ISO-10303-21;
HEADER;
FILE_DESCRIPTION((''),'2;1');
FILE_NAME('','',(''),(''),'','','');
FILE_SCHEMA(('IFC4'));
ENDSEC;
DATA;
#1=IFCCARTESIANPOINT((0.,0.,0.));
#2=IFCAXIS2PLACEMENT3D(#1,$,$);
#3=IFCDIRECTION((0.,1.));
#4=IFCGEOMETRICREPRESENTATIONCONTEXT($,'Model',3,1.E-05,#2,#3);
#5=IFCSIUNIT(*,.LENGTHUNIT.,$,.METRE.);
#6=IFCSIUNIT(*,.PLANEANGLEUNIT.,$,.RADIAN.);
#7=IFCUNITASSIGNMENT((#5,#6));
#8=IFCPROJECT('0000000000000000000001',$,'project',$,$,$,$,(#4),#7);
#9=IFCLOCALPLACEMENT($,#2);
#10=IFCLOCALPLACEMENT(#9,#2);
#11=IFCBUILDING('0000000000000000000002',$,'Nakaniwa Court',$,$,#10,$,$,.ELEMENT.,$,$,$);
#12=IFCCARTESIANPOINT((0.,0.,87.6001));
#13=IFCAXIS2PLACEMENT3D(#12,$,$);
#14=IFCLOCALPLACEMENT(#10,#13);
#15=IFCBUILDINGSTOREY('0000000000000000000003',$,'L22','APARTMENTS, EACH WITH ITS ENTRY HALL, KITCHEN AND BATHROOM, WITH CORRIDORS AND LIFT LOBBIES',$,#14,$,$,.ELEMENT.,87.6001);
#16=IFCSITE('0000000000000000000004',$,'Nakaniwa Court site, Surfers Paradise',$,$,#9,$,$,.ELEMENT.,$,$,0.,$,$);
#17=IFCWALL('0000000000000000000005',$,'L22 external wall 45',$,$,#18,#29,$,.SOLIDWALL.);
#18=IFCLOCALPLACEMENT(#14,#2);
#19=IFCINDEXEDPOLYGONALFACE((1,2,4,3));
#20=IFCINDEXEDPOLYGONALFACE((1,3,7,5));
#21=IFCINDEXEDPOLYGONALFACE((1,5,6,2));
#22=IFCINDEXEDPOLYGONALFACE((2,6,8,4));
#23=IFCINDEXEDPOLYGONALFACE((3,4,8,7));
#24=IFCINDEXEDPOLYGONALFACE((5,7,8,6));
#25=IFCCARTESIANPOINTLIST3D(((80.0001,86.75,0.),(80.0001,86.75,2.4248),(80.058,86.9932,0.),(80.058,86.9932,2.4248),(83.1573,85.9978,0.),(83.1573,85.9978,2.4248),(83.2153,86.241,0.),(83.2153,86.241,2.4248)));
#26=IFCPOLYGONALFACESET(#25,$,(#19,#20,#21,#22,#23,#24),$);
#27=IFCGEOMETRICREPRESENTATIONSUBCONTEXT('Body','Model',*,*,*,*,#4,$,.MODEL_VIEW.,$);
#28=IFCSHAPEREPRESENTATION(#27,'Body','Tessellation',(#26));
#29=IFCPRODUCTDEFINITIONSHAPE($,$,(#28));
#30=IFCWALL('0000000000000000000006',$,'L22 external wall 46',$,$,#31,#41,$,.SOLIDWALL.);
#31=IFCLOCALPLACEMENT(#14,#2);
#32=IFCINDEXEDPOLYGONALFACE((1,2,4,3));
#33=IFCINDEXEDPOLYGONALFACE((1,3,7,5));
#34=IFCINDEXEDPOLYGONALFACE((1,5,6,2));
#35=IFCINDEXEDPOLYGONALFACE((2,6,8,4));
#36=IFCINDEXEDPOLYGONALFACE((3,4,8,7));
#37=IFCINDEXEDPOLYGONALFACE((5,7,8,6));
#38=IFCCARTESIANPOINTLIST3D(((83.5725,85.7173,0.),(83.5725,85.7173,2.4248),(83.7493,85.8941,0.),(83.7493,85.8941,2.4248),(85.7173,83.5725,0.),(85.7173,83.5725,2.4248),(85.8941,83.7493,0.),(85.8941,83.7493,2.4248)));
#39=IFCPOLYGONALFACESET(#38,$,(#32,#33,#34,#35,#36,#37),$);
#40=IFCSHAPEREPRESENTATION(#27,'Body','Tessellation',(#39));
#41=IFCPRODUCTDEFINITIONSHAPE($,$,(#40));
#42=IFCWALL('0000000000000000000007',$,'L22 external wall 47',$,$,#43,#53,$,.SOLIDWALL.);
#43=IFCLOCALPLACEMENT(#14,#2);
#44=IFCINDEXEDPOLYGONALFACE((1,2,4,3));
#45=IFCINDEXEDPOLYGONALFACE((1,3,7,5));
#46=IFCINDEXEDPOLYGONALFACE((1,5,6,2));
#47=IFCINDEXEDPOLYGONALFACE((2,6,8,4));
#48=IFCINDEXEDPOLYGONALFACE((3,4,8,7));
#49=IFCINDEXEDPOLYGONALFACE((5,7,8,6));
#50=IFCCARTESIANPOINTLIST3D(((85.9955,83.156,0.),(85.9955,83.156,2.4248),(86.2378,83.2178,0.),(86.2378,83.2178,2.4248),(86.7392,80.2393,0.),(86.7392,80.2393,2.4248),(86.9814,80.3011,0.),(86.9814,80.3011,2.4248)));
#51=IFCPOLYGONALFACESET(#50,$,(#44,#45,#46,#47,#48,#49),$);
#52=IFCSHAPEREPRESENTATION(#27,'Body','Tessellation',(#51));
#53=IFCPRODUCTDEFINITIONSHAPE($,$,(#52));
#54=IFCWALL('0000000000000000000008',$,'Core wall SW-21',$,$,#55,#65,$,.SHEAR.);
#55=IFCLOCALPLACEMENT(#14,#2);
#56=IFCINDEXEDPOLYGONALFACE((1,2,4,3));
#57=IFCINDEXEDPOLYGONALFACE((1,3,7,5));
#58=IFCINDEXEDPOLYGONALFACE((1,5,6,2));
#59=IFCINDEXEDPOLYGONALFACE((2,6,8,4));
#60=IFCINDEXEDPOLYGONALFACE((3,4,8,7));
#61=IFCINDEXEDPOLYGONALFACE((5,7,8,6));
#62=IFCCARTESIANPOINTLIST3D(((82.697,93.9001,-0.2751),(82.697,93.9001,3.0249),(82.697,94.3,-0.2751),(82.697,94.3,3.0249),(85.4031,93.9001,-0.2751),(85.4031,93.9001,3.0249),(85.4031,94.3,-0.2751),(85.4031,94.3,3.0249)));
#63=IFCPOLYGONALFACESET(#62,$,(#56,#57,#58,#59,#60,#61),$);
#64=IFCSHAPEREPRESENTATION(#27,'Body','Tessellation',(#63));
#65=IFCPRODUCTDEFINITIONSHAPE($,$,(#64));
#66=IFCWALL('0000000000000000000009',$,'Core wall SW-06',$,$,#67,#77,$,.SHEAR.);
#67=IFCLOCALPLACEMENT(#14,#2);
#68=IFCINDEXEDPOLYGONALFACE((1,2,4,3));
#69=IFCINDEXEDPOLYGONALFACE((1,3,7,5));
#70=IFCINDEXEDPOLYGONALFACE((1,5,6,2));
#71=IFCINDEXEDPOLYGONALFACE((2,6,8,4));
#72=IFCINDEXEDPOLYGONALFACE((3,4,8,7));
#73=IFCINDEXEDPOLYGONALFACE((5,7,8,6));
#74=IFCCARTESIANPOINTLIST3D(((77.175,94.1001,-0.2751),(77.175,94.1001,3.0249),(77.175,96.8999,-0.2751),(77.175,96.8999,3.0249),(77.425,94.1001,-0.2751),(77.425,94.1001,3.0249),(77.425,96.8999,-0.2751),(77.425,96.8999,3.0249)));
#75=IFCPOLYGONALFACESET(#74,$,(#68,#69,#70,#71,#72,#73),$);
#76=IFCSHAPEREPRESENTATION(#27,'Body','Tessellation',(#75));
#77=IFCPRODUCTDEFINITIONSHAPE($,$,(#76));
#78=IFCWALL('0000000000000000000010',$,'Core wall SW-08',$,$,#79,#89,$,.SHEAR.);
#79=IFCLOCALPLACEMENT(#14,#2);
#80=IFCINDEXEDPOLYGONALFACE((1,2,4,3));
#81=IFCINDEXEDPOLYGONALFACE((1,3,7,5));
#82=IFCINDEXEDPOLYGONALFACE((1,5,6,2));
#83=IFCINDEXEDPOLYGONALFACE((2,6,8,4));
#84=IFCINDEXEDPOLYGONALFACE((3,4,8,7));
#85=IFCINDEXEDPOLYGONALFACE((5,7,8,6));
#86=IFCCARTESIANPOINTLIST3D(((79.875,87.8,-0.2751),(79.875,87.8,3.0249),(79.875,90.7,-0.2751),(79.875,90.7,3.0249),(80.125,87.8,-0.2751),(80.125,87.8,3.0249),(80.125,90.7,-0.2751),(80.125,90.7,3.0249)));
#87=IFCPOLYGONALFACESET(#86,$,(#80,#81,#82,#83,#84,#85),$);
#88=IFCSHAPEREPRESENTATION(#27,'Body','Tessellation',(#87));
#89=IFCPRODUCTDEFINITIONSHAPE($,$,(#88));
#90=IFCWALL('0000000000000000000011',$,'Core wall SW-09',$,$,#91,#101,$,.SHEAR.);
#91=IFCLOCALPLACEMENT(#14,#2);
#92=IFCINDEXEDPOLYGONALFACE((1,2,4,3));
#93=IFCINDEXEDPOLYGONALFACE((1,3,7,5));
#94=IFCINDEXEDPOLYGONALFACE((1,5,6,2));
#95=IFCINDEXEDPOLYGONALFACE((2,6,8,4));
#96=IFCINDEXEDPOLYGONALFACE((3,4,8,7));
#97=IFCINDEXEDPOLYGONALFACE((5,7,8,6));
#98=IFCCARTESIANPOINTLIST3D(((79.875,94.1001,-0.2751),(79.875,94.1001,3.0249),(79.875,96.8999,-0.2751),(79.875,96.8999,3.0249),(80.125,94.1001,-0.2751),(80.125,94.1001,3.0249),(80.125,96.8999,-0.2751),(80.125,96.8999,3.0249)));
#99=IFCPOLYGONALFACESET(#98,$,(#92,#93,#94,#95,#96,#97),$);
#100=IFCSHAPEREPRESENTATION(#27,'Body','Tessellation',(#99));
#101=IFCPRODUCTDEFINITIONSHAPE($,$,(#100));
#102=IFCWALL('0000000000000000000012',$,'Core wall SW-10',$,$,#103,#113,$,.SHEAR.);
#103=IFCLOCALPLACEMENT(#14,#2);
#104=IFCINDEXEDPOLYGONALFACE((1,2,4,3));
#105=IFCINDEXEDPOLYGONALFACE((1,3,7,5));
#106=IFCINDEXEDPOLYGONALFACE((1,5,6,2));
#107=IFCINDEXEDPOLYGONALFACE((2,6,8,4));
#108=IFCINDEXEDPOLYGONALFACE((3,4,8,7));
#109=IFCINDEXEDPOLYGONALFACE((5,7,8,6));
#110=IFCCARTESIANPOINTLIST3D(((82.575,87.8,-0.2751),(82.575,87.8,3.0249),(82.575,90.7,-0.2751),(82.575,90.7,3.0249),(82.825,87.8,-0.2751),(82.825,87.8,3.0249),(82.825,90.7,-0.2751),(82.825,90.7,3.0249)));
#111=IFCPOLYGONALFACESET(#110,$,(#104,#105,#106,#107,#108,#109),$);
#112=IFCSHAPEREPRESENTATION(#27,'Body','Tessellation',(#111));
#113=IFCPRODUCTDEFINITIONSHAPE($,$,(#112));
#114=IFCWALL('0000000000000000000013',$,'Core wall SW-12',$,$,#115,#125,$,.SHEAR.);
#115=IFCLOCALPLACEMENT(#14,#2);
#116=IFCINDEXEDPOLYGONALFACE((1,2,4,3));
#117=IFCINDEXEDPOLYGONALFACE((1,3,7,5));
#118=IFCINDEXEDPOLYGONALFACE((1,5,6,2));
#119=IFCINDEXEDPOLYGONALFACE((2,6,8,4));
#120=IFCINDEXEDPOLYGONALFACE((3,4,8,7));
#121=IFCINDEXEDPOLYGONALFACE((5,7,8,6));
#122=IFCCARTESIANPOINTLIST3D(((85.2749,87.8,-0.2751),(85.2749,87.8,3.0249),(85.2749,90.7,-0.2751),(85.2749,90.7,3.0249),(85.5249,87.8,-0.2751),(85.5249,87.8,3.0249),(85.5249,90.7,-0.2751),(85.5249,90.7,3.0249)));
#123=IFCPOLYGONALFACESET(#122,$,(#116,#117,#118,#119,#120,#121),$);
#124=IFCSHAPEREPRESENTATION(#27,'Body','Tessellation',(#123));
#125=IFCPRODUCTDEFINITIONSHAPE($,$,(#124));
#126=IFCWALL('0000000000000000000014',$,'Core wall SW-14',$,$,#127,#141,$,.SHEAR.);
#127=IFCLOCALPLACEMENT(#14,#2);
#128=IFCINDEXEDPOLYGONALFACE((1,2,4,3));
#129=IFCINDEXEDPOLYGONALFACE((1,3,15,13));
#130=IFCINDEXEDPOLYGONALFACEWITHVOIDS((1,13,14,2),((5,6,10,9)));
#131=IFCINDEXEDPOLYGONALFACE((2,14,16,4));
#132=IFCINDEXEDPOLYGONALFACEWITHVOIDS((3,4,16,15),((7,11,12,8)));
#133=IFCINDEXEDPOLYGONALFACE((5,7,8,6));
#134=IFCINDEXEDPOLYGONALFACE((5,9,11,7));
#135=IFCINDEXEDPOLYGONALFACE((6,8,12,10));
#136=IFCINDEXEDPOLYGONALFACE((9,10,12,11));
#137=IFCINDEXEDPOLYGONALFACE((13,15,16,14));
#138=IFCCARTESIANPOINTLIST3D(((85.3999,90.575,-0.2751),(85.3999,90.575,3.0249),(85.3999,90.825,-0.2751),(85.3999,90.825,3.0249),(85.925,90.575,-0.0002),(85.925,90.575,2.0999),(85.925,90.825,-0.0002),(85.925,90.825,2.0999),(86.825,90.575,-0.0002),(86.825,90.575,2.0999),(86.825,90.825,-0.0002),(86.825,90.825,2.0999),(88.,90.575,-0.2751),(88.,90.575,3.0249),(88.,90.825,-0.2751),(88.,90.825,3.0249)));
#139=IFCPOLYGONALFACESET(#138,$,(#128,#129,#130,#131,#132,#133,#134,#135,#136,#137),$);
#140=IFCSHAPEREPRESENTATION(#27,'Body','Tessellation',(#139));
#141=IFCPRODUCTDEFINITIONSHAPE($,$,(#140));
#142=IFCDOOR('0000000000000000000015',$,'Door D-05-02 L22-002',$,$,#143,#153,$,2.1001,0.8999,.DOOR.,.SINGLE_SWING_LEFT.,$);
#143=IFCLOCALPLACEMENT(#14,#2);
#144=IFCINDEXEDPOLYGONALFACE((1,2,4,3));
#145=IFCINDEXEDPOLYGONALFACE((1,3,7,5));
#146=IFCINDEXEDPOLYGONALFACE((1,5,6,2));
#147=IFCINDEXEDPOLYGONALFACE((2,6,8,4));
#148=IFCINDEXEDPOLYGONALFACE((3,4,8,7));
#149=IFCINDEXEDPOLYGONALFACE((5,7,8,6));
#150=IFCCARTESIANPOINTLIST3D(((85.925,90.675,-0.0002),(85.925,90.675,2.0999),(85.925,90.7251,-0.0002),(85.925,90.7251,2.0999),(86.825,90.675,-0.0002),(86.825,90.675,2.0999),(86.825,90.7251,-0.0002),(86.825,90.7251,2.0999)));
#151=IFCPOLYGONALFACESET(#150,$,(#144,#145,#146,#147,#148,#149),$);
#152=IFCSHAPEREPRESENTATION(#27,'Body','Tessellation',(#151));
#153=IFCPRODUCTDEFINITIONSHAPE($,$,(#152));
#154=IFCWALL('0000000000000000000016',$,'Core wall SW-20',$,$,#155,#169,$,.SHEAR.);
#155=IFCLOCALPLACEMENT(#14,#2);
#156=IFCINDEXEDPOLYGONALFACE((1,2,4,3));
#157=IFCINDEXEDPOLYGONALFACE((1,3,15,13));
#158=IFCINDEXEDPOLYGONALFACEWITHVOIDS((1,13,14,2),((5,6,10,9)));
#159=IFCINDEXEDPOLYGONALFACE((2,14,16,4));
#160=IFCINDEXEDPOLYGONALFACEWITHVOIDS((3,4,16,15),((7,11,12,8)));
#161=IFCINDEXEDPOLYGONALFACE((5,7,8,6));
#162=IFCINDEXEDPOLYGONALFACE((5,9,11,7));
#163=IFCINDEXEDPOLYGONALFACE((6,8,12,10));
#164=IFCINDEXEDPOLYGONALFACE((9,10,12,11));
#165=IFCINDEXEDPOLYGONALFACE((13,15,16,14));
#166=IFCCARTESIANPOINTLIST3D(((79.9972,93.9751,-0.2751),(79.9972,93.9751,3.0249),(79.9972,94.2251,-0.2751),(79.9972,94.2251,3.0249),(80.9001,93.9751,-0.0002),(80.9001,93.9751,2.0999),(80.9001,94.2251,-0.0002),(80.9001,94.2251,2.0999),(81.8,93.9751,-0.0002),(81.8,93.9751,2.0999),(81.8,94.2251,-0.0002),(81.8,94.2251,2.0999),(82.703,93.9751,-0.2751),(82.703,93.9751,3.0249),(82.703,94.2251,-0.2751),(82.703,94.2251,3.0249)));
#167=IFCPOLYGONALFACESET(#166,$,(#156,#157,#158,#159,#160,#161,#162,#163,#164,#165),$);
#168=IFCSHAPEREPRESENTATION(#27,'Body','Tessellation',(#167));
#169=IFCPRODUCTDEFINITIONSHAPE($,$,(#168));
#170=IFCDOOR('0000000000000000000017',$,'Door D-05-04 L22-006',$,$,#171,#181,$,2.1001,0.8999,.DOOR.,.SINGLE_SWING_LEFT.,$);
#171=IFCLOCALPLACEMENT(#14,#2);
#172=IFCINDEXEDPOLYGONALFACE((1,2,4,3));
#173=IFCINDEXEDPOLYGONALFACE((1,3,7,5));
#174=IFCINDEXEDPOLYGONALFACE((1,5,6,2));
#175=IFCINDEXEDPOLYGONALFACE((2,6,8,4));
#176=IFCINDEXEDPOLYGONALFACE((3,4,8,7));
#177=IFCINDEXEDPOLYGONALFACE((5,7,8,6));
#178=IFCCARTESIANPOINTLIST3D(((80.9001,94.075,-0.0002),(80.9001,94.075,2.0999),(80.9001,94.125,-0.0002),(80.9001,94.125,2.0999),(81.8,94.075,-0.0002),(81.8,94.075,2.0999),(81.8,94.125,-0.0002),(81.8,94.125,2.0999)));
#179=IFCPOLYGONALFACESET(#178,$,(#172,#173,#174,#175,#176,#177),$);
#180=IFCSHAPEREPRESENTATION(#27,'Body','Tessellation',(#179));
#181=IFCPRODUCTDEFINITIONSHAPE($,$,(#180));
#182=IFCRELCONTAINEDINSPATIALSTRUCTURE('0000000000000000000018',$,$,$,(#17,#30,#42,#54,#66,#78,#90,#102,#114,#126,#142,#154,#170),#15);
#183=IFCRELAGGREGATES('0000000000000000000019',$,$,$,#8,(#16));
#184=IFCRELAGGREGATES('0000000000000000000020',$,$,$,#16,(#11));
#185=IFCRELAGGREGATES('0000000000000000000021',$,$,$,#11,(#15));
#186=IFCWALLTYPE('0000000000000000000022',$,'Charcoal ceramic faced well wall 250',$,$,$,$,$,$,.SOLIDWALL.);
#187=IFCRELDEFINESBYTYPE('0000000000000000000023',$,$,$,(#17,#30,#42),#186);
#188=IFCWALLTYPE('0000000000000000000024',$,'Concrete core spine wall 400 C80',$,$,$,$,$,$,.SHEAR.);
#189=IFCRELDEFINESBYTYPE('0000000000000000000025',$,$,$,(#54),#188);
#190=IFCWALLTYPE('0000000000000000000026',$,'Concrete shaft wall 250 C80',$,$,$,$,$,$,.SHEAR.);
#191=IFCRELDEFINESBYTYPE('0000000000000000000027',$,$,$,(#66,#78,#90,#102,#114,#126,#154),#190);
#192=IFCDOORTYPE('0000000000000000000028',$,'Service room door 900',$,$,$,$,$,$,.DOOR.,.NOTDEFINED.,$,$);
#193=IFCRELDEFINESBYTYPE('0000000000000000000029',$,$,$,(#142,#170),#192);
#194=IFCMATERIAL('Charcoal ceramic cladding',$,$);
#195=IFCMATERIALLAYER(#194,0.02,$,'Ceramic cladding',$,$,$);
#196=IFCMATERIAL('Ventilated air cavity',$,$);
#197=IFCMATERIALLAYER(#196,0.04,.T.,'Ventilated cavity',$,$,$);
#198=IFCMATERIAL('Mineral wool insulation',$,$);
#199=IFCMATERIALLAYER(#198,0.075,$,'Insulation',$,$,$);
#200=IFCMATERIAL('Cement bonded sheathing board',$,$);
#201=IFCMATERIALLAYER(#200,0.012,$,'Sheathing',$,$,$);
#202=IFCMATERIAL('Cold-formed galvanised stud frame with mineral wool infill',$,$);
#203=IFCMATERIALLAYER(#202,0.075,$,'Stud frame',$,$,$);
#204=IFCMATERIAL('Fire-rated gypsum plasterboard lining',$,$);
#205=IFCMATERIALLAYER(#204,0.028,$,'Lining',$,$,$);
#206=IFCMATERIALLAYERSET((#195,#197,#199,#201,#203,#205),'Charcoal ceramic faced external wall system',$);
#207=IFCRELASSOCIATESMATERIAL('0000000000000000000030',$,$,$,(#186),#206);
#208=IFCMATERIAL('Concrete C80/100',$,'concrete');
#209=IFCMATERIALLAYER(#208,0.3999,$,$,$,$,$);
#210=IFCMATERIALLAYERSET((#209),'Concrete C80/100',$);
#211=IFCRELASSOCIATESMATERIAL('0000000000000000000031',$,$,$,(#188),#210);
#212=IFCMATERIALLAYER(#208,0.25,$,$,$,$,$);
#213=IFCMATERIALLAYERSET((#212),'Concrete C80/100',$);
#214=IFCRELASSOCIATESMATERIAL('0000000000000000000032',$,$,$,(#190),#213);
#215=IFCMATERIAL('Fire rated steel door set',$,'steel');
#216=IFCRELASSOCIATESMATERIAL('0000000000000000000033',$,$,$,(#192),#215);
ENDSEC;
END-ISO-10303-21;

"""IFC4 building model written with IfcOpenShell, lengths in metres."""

from ifc_helpers import new_model, si_unit, direction, frame, frame_2d, origin, place, context, subcontext, project, spatial, rectangle, extrude, material, layer, layer_set, type_object, element, fill, save


model = new_model("IFC4")

# Units and contexts
model_context = context("Model", 3, precision=1e-05, world=origin(), true_north=direction((0.0, 1.0)))
body_context = subcontext(model_context, "Body", "Model", "MODEL_VIEW")
ifc_project = project(units=[si_unit("LENGTHUNIT", "METRE"), si_unit("PLANEANGLEUNIT", "RADIAN")], contexts=[model_context])

# Site, building, storey
site_placement = place(None, origin())
site = spatial("IfcSite", under=ifc_project, at=site_placement, Name="Nakaniwa Court site, Surfers Paradise", CompositionType="ELEMENT", RefElevation=0.0)
building_placement = place(site_placement, origin())
building = spatial("IfcBuilding", under=site, at=building_placement, Name="Nakaniwa Court", CompositionType="ELEMENT")
storey_placement = place(building_placement, frame((0.0, 0.0, 87.6001)))
storey = spatial("IfcBuildingStorey", under=building, at=storey_placement, Name="L22", Description="APARTMENTS, EACH WITH ITS ENTRY HALL, KITCHEN AND BATHROOM, WITH CORRIDORS AND LIFT LOBBIES", CompositionType="ELEMENT", Elevation=87.6001)

# Shared definitions
ifc_material_1 = material(Name="Concrete C80/100", Category="concrete")

# Walls
ifc_material_2 = material(Name="Charcoal ceramic cladding")
ifc_layer_1 = layer(ifc_material_2, 0.02, Name="Ceramic cladding")
ifc_material_3 = material(Name="Ventilated air cavity")
ifc_layer_2 = layer(ifc_material_3, 0.04, ventilated=True, Name="Ventilated cavity")
ifc_material_4 = material(Name="Mineral wool insulation")
ifc_layer_3 = layer(ifc_material_4, 0.075, Name="Insulation")
ifc_material_5 = material(Name="Cement bonded sheathing board")
ifc_layer_4 = layer(ifc_material_5, 0.012, Name="Sheathing")
ifc_material_6 = material(Name="Cold-formed galvanised stud frame with mineral wool infill")
ifc_layer_5 = layer(ifc_material_6, 0.075, Name="Stud frame")
ifc_material_7 = material(Name="Fire-rated gypsum plasterboard lining")
ifc_layer_6 = layer(ifc_material_7, 0.028, Name="Lining")
ifc_layer_set_1 = layer_set([ifc_layer_1, ifc_layer_2, ifc_layer_3, ifc_layer_4, ifc_layer_5, ifc_layer_6], Name="Charcoal ceramic faced external wall system")
wall_type_1 = type_object("IfcWallType", Name="Charcoal ceramic faced well wall 250", PredefinedType="SOLIDWALL", material=ifc_layer_set_1)
wall_1_placement = place(storey_placement, frame((80.0291, 86.8716, 0.0), z_axis=(0.0, 0.0, 1.0), x_axis=(0.972773, -0.23176, 0.0)))
element("IfcWall", 1, at=wall_1_placement, inside=storey, type_object=wall_type_1, Name="L22 external wall 45", PredefinedType="SOLIDWALL", context=body_context, shape_type="SweptSolid", body=[
    extrude(rectangle(XDim=3.2456, YDim=0.25, at=frame_2d((1.6228, 0.0))), origin(), (0.0, 0.0, 1.0), 2.4248),
])
wall_2_placement = place(storey_placement, frame((83.6609, 85.8057, 0.0), z_axis=(0.0, 0.0, 1.0), x_axis=(0.707107, -0.707107, 0.0)))
element("IfcWall", 2, at=wall_2_placement, inside=storey, type_object=wall_type_1, Name="L22 external wall 46", PredefinedType="SOLIDWALL", context=body_context, shape_type="SweptSolid", body=[
    extrude(rectangle(XDim=3.0332, YDim=0.25, at=frame_2d((1.5166, 0.0))), origin(), (0.0, 0.0, 1.0), 2.4248),
])
wall_3_placement = place(storey_placement, frame((86.1167, 83.1868, 0.0), z_axis=(0.0, 0.0, 1.0), x_axis=(0.247056, -0.969001, 0.0)))
element("IfcWall", 3, at=wall_3_placement, inside=storey, type_object=wall_type_1, Name="L22 external wall 47", PredefinedType="SOLIDWALL", context=body_context, shape_type="SweptSolid", body=[
    extrude(rectangle(XDim=3.01, YDim=0.25, at=frame_2d((1.5049, 0.0))), origin(), (0.0, 0.0, 1.0), 2.4248),
])
ifc_layer_7 = layer(ifc_material_1, 0.3999)
ifc_layer_set_2 = layer_set([ifc_layer_7], Name="Concrete C80/100")
wall_type_2 = type_object("IfcWallType", Name="Concrete core spine wall 400 C80", PredefinedType="SHEAR", material=ifc_layer_set_2)
wall_4_placement = place(storey_placement, frame((82.697, 94.1001, -0.2751), z_axis=(0.0, 0.0, 1.0), x_axis=(1.0, 0.0, 0.0)))
element("IfcWall", 4, at=wall_4_placement, inside=storey, type_object=wall_type_2, Name="Core wall SW-21", PredefinedType="SHEAR", context=body_context, shape_type="SweptSolid", body=[
    extrude(rectangle(XDim=2.7061, YDim=0.3999, at=frame_2d((1.353, 0.0))), origin(), (0.0, 0.0, 1.0), 3.3),
])
ifc_layer_8 = layer(ifc_material_1, 0.25)
ifc_layer_set_3 = layer_set([ifc_layer_8], Name="Concrete C80/100")
wall_type_3 = type_object("IfcWallType", Name="Concrete shaft wall 250 C80", PredefinedType="SHEAR", material=ifc_layer_set_3)
wall_5_placement = place(storey_placement, frame((77.3, 94.1001, -0.2751), z_axis=(0.0, 0.0, 1.0), x_axis=(0.0, 1.0, 0.0)))
element("IfcWall", 5, at=wall_5_placement, inside=storey, type_object=wall_type_3, Name="Core wall SW-06", PredefinedType="SHEAR", context=body_context, shape_type="SweptSolid", body=[
    extrude(rectangle(XDim=2.7998, YDim=0.25, at=frame_2d((1.3999, 0.0))), origin(), (0.0, 0.0, 1.0), 3.3),
])
wall_6_placement = place(storey_placement, frame((80.0, 87.8, -0.2751), z_axis=(0.0, 0.0, 1.0), x_axis=(0.0, 1.0, 0.0)))
element("IfcWall", 6, at=wall_6_placement, inside=storey, type_object=wall_type_3, Name="Core wall SW-08", PredefinedType="SHEAR", context=body_context, shape_type="SweptSolid", body=[
    extrude(rectangle(XDim=2.8999, YDim=0.25, at=frame_2d((1.45, 0.0))), origin(), (0.0, 0.0, 1.0), 3.3),
])
wall_7_placement = place(storey_placement, frame((80.0, 94.1001, -0.2751), z_axis=(0.0, 0.0, 1.0), x_axis=(0.0, 1.0, 0.0)))
element("IfcWall", 7, at=wall_7_placement, inside=storey, type_object=wall_type_3, Name="Core wall SW-09", PredefinedType="SHEAR", context=body_context, shape_type="SweptSolid", body=[
    extrude(rectangle(XDim=2.7998, YDim=0.25, at=frame_2d((1.3999, 0.0))), origin(), (0.0, 0.0, 1.0), 3.3),
])
for number, where, z_axis, x_axis, name in (
    (8, (82.7, 87.8, -0.2751), (0.0, 0.0, 1.0), (0.0, 1.0, 0.0), "Core wall SW-10"),
    (9, (85.3999, 87.8, -0.2751), (0.0, 0.0, 1.0), (0.0, 1.0, 0.0), "Core wall SW-12"),
):
    element("IfcWall", number, at=place(storey_placement, frame(where, z_axis=z_axis, x_axis=x_axis)), inside=storey, type_object=wall_type_3, Name=name, PredefinedType="SHEAR", context=body_context, shape_type="SweptSolid", body=[
        extrude(rectangle(XDim=2.8999, YDim=0.25, at=frame_2d((1.45, 0.0))), origin(), (0.0, 0.0, 1.0), 3.3),
    ])

# Walls, openings, doors
wall_8_placement = place(storey_placement, frame((88.0, 90.7, -0.2751), z_axis=(0.0, 0.0, 1.0), x_axis=(-1.0, 0.0, 0.0)))
wall_8 = element("IfcWall", 10, at=wall_8_placement, inside=storey, type_object=wall_type_3, Name="Core wall SW-14", PredefinedType="SHEAR", context=body_context, shape_type="SweptSolid", body=[
    extrude(rectangle(XDim=2.6001, YDim=0.25, at=frame_2d((1.3, 0.0))), origin(), (0.0, 0.0, 1.0), 3.3),
])
opening_1_placement = place(wall_8_placement, frame((1.175, 0.0, 0.2749)))
opening_1 = element("IfcOpeningElement", 11, at=opening_1_placement, cuts=wall_8, PredefinedType="OPENING", context=body_context, shape_type="SweptSolid", body=[
    extrude(rectangle(XDim=0.8999, YDim=2.1001, at=frame_2d((0.45, 1.05))), frame((0.0, 0.135, 0.0), z_axis=(0.0, -1.0, 0.0), x_axis=(1.0, 0.0, 0.0)), (0.0, 0.0, 1.0), 0.27),
])
ifc_material_8 = material(Name="Fire rated steel door set", Category="steel")
door_type_1 = type_object("IfcDoorType", Name="Service room door 900", OperationType="NOTDEFINED", PredefinedType="DOOR", material=ifc_material_8)
door_1_placement = place(opening_1_placement, origin())
door_1 = element("IfcDoor", 12, at=door_1_placement, inside=storey, type_object=door_type_1, Name="Door D-05-02 L22-002", OperationType="SINGLE_SWING_LEFT", OverallHeight=2.1001, OverallWidth=0.8999, PredefinedType="DOOR", context=body_context, shape_type="SweptSolid", body=[
    extrude(rectangle(XDim=0.8999, YDim=2.1001, at=frame_2d((0.45, 1.05))), frame((0.0, 0.0249, 0.0), z_axis=(0.0, -1.0, 0.0), x_axis=(1.0, 0.0, 0.0)), (0.0, 0.0, 1.0), 0.05),
])
fill(opening_1, door_1)
wall_9_placement = place(storey_placement, frame((79.9971, 94.1001, -0.2751), z_axis=(0.0, 0.0, 1.0), x_axis=(1.0, 0.0, 0.0)))
wall_9 = element("IfcWall", 13, at=wall_9_placement, inside=storey, type_object=wall_type_3, Name="Core wall SW-20", PredefinedType="SHEAR", context=body_context, shape_type="SweptSolid", body=[
    extrude(rectangle(XDim=2.7058, YDim=0.25, at=frame_2d((1.353, 0.0))), origin(), (0.0, 0.0, 1.0), 3.3),
])
opening_2_placement = place(wall_9_placement, frame((0.9031, 0.0, 0.2749)))
opening_2 = element("IfcOpeningElement", 14, at=opening_2_placement, cuts=wall_9, PredefinedType="OPENING", context=body_context, shape_type="SweptSolid", body=[
    extrude(rectangle(XDim=0.8999, YDim=2.1001, at=frame_2d((0.45, 1.05))), frame((0.0, 0.135, 0.0), z_axis=(0.0, -1.0, 0.0), x_axis=(1.0, 0.0, 0.0)), (0.0, 0.0, 1.0), 0.27),
])
door_2_placement = place(opening_2_placement, origin())
door_2 = element("IfcDoor", 15, at=door_2_placement, inside=storey, type_object=door_type_1, Name="Door D-05-04 L22-006", OperationType="SINGLE_SWING_LEFT", OverallHeight=2.1001, OverallWidth=0.8999, PredefinedType="DOOR", context=body_context, shape_type="SweptSolid", body=[
    extrude(rectangle(XDim=0.8999, YDim=2.1001, at=frame_2d((0.45, 1.05))), frame((0.0, 0.0249, 0.0), z_axis=(0.0, -1.0, 0.0), x_axis=(1.0, 0.0, 0.0)), (0.0, 0.0, 1.0), 0.05),
])
fill(opening_2, door_2)

save(model, "model.ifc")
